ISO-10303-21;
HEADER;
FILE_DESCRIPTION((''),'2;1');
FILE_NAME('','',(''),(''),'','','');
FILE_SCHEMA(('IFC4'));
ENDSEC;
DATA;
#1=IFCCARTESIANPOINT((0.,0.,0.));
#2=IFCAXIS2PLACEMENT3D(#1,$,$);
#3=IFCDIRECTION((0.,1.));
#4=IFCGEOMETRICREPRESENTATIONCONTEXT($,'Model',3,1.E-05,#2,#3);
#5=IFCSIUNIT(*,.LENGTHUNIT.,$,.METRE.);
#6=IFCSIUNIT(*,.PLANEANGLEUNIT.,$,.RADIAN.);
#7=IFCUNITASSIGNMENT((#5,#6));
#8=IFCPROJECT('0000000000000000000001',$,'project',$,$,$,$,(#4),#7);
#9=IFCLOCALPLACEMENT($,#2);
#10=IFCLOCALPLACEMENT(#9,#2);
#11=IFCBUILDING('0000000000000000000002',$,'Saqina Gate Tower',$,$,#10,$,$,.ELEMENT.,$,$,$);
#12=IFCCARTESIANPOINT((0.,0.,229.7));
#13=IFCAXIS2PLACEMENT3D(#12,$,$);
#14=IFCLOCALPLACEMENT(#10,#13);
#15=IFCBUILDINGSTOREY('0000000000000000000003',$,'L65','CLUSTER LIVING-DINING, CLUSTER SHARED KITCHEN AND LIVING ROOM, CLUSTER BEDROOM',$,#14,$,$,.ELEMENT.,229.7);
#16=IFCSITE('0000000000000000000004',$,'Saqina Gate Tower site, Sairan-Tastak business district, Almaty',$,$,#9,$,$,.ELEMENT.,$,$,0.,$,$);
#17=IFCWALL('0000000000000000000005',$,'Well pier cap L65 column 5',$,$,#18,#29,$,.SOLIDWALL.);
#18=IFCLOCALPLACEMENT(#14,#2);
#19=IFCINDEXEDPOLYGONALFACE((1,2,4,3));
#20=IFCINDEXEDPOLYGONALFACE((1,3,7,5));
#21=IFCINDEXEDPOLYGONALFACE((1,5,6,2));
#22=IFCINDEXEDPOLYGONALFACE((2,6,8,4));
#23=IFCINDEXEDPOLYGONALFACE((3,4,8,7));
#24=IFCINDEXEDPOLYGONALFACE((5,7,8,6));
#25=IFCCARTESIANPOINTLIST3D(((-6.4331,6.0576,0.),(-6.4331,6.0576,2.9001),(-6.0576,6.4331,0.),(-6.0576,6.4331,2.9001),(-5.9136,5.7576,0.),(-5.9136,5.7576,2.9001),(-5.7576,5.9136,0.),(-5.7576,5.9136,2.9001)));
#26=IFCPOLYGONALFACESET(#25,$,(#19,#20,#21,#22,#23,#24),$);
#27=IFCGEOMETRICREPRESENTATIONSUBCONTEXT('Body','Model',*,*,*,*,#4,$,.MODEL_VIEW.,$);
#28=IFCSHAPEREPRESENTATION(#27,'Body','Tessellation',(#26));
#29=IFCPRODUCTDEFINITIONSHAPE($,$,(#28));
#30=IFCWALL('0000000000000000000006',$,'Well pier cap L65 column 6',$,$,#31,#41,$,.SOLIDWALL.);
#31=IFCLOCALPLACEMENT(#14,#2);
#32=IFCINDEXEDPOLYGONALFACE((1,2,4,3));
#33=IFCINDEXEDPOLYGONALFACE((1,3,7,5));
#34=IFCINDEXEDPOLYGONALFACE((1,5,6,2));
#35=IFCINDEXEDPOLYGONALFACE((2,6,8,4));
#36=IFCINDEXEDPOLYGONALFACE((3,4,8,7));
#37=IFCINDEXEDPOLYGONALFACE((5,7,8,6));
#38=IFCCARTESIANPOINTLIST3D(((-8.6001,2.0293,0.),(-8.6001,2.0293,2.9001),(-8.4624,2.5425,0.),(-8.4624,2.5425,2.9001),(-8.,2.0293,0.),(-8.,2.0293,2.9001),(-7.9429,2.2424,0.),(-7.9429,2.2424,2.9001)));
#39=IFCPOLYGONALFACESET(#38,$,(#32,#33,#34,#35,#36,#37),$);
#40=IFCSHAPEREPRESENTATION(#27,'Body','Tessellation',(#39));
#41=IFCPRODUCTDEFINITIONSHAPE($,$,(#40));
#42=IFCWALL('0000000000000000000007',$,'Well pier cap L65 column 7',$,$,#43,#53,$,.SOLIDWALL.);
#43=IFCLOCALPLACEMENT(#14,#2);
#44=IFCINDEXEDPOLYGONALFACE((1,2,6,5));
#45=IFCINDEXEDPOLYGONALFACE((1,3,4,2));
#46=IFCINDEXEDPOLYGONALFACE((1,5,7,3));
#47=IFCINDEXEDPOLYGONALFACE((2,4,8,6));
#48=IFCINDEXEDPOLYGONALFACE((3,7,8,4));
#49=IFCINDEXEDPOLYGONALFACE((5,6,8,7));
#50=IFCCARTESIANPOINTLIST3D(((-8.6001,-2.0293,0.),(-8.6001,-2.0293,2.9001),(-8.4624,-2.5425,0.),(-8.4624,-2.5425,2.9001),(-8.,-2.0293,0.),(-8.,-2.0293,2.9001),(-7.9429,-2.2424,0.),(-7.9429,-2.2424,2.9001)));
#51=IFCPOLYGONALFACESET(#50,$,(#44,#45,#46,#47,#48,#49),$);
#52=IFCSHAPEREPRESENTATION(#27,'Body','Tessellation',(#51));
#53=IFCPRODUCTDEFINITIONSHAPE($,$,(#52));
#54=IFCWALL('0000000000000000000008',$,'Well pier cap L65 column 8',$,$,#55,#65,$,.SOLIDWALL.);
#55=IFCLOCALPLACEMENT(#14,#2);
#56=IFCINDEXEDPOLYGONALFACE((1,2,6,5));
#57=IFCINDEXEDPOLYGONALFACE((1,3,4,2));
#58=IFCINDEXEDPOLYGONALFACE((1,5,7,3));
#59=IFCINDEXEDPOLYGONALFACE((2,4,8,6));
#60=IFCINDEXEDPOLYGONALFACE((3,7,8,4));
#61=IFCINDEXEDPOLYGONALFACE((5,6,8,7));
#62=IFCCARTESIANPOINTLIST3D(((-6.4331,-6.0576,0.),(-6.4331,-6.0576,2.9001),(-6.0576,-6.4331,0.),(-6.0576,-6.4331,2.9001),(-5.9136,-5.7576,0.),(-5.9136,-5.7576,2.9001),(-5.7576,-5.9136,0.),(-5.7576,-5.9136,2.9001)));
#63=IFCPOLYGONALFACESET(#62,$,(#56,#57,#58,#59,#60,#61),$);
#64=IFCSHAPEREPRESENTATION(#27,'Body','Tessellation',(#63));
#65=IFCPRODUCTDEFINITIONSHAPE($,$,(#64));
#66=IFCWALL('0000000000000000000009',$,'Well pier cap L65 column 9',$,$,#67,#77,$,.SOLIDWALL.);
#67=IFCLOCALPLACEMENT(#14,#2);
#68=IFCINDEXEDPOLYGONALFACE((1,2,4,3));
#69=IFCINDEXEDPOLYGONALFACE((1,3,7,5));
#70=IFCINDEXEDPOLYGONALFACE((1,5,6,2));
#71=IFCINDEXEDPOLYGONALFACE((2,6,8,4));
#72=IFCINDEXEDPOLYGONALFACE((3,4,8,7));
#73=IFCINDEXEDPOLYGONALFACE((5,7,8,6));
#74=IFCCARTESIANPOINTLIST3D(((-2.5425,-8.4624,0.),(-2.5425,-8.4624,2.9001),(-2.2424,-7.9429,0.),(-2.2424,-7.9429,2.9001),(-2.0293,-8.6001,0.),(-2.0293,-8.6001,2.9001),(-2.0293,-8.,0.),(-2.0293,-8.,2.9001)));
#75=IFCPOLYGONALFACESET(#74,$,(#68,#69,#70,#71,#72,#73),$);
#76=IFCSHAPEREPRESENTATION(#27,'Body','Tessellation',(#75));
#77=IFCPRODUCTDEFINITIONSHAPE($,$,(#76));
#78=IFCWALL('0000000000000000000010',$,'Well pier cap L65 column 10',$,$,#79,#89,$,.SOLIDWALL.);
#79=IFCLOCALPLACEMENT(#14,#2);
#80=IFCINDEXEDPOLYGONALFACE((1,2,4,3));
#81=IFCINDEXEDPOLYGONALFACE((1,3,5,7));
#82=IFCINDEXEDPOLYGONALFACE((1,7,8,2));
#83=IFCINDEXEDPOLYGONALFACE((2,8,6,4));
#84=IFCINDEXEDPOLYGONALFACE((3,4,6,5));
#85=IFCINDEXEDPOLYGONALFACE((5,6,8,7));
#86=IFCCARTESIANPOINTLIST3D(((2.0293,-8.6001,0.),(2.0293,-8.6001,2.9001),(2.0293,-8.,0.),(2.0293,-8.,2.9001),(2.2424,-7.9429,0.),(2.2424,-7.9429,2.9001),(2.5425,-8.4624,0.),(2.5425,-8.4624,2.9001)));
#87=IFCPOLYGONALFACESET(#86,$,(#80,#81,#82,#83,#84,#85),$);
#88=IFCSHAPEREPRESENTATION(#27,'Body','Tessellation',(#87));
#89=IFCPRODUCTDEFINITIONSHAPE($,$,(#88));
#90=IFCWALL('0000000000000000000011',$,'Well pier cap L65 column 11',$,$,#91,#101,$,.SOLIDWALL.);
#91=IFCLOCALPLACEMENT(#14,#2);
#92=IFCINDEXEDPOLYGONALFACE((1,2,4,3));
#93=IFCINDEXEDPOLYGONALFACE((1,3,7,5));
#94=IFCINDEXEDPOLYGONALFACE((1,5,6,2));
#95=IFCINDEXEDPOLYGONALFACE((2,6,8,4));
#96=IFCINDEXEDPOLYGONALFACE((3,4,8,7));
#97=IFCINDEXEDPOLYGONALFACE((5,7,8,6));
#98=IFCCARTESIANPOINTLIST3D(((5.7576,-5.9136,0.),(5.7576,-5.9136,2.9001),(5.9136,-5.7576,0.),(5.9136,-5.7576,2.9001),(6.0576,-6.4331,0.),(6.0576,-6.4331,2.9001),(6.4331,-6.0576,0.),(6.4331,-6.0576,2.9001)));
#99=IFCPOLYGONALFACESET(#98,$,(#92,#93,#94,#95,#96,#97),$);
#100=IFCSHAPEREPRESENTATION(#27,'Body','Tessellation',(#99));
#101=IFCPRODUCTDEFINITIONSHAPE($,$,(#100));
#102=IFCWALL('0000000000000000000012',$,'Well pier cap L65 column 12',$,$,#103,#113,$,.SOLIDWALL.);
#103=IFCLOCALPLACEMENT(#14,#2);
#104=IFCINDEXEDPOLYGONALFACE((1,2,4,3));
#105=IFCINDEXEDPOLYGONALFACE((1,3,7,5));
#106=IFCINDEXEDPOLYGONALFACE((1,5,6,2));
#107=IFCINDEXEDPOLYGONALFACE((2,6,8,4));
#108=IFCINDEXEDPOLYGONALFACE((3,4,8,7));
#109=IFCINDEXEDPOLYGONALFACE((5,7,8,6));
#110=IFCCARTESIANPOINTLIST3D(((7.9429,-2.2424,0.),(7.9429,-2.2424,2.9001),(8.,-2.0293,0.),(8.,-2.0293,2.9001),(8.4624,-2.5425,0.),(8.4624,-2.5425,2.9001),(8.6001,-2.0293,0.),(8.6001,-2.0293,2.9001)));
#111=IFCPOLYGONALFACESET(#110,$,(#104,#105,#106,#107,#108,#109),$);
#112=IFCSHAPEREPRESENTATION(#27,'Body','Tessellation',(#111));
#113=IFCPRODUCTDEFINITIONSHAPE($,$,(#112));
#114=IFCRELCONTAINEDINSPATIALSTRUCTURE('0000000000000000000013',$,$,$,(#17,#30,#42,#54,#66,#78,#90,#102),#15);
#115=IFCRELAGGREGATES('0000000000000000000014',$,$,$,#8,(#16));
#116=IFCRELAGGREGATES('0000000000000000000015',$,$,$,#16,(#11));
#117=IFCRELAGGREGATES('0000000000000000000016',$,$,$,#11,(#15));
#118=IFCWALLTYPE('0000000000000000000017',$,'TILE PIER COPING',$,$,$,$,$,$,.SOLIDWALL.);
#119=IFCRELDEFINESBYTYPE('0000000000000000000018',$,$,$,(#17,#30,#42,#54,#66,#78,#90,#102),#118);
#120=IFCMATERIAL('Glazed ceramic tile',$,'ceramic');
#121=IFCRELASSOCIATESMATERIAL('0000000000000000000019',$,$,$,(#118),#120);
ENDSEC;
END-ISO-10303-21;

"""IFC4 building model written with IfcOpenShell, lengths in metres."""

from ifc_helpers import new_model, si_unit, direction, frame, origin, place, context, subcontext, project, spatial, polyline, outline, extrude, material, type_object, element, save


model = new_model("IFC4")

# Units and contexts
model_context = context("Model", 3, precision=1e-05, world=origin(), true_north=direction((0.0, 1.0)))
body_context = subcontext(model_context, "Body", "Model", "MODEL_VIEW")
ifc_project = project(units=[si_unit("LENGTHUNIT", "METRE"), si_unit("PLANEANGLEUNIT", "RADIAN")], contexts=[model_context])

# Site, building, storey
site_placement = place(None, origin())
site = spatial("IfcSite", under=ifc_project, at=site_placement, Name="Saqina Gate Tower site, Sairan-Tastak business district, Almaty", CompositionType="ELEMENT", RefElevation=0.0)
building_placement = place(site_placement, origin())
building = spatial("IfcBuilding", under=site, at=building_placement, Name="Saqina Gate Tower", CompositionType="ELEMENT")
storey_placement = place(building_placement, frame((0.0, 0.0, 229.7)))
storey = spatial("IfcBuildingStorey", under=building, at=storey_placement, Name="L65", Description="CLUSTER LIVING-DINING, CLUSTER SHARED KITCHEN AND LIVING ROOM, CLUSTER BEDROOM", CompositionType="ELEMENT", Elevation=229.7)

# Walls
ifc_material_1 = material(Name="Glazed ceramic tile", Category="ceramic")
wall_type_1 = type_object("IfcWallType", Name="TILE PIER COPING", PredefinedType="SOLIDWALL", material=ifc_material_1)
wall_1_placement = place(storey_placement, origin())
element("IfcWall", 1, at=wall_1_placement, inside=storey, type_object=wall_type_1, Name="Well pier cap L65 column 5", PredefinedType="SOLIDWALL", context=body_context, shape_type="SweptSolid", body=[
    extrude(outline(polyline([(-6.4331, 6.0576), (-5.9136, 5.7576), (-5.7576, 5.9136), (-6.0576, 6.4331), (-6.4331, 6.0576)])), origin(), (0.0, 0.0, 1.0), 2.9001),
])
wall_2_placement = place(storey_placement, origin())
element("IfcWall", 2, at=wall_2_placement, inside=storey, type_object=wall_type_1, Name="Well pier cap L65 column 6", PredefinedType="SOLIDWALL", context=body_context, shape_type="SweptSolid", body=[
    extrude(outline(polyline([(-8.6001, 2.0293), (-8.0, 2.0293), (-7.9429, 2.2424), (-8.4624, 2.5425), (-8.6001, 2.0293)])), origin(), (0.0, 0.0, 1.0), 2.9001),
])
wall_3_placement = place(storey_placement, origin())
element("IfcWall", 3, at=wall_3_placement, inside=storey, type_object=wall_type_1, Name="Well pier cap L65 column 7", PredefinedType="SOLIDWALL", context=body_context, shape_type="SweptSolid", body=[
    extrude(outline(polyline([(-8.4624, -2.5425), (-7.9429, -2.2424), (-8.0, -2.0293), (-8.6001, -2.0293), (-8.4624, -2.5425)])), origin(), (0.0, 0.0, 1.0), 2.9001),
])
wall_4_placement = place(storey_placement, origin())
element("IfcWall", 4, at=wall_4_placement, inside=storey, type_object=wall_type_1, Name="Well pier cap L65 column 8", PredefinedType="SOLIDWALL", context=body_context, shape_type="SweptSolid", body=[
    extrude(outline(polyline([(-6.0576, -6.4331), (-5.7576, -5.9136), (-5.9136, -5.7576), (-6.4331, -6.0576), (-6.0576, -6.4331)])), origin(), (0.0, 0.0, 1.0), 2.9001),
])
wall_5_placement = place(storey_placement, origin())
element("IfcWall", 5, at=wall_5_placement, inside=storey, type_object=wall_type_1, Name="Well pier cap L65 column 9", PredefinedType="SOLIDWALL", context=body_context, shape_type="SweptSolid", body=[
    extrude(outline(polyline([(-2.0293, -8.6001), (-2.0293, -8.0), (-2.2424, -7.9429), (-2.5425, -8.4624), (-2.0293, -8.6001)])), origin(), (0.0, 0.0, 1.0), 2.9001),
])
wall_6_placement = place(storey_placement, origin())
element("IfcWall", 6, at=wall_6_placement, inside=storey, type_object=wall_type_1, Name="Well pier cap L65 column 10", PredefinedType="SOLIDWALL", context=body_context, shape_type="SweptSolid", body=[
    extrude(outline(polyline([(2.5425, -8.4624), (2.2424, -7.9429), (2.0293, -8.0), (2.0293, -8.6001), (2.5425, -8.4624)])), origin(), (0.0, 0.0, 1.0), 2.9001),
])
wall_7_placement = place(storey_placement, origin())
element("IfcWall", 7, at=wall_7_placement, inside=storey, type_object=wall_type_1, Name="Well pier cap L65 column 11", PredefinedType="SOLIDWALL", context=body_context, shape_type="SweptSolid", body=[
    extrude(outline(polyline([(6.4331, -6.0576), (5.9136, -5.7576), (5.7576, -5.9136), (6.0576, -6.4331), (6.4331, -6.0576)])), origin(), (0.0, 0.0, 1.0), 2.9001),
])
wall_8_placement = place(storey_placement, origin())
element("IfcWall", 8, at=wall_8_placement, inside=storey, type_object=wall_type_1, Name="Well pier cap L65 column 12", PredefinedType="SOLIDWALL", context=body_context, shape_type="SweptSolid", body=[
    extrude(outline(polyline([(8.6001, -2.0293), (8.0, -2.0293), (7.9429, -2.2424), (8.4624, -2.5425), (8.6001, -2.0293)])), origin(), (0.0, 0.0, 1.0), 2.9001),
])

save(model, "model.ifc")
